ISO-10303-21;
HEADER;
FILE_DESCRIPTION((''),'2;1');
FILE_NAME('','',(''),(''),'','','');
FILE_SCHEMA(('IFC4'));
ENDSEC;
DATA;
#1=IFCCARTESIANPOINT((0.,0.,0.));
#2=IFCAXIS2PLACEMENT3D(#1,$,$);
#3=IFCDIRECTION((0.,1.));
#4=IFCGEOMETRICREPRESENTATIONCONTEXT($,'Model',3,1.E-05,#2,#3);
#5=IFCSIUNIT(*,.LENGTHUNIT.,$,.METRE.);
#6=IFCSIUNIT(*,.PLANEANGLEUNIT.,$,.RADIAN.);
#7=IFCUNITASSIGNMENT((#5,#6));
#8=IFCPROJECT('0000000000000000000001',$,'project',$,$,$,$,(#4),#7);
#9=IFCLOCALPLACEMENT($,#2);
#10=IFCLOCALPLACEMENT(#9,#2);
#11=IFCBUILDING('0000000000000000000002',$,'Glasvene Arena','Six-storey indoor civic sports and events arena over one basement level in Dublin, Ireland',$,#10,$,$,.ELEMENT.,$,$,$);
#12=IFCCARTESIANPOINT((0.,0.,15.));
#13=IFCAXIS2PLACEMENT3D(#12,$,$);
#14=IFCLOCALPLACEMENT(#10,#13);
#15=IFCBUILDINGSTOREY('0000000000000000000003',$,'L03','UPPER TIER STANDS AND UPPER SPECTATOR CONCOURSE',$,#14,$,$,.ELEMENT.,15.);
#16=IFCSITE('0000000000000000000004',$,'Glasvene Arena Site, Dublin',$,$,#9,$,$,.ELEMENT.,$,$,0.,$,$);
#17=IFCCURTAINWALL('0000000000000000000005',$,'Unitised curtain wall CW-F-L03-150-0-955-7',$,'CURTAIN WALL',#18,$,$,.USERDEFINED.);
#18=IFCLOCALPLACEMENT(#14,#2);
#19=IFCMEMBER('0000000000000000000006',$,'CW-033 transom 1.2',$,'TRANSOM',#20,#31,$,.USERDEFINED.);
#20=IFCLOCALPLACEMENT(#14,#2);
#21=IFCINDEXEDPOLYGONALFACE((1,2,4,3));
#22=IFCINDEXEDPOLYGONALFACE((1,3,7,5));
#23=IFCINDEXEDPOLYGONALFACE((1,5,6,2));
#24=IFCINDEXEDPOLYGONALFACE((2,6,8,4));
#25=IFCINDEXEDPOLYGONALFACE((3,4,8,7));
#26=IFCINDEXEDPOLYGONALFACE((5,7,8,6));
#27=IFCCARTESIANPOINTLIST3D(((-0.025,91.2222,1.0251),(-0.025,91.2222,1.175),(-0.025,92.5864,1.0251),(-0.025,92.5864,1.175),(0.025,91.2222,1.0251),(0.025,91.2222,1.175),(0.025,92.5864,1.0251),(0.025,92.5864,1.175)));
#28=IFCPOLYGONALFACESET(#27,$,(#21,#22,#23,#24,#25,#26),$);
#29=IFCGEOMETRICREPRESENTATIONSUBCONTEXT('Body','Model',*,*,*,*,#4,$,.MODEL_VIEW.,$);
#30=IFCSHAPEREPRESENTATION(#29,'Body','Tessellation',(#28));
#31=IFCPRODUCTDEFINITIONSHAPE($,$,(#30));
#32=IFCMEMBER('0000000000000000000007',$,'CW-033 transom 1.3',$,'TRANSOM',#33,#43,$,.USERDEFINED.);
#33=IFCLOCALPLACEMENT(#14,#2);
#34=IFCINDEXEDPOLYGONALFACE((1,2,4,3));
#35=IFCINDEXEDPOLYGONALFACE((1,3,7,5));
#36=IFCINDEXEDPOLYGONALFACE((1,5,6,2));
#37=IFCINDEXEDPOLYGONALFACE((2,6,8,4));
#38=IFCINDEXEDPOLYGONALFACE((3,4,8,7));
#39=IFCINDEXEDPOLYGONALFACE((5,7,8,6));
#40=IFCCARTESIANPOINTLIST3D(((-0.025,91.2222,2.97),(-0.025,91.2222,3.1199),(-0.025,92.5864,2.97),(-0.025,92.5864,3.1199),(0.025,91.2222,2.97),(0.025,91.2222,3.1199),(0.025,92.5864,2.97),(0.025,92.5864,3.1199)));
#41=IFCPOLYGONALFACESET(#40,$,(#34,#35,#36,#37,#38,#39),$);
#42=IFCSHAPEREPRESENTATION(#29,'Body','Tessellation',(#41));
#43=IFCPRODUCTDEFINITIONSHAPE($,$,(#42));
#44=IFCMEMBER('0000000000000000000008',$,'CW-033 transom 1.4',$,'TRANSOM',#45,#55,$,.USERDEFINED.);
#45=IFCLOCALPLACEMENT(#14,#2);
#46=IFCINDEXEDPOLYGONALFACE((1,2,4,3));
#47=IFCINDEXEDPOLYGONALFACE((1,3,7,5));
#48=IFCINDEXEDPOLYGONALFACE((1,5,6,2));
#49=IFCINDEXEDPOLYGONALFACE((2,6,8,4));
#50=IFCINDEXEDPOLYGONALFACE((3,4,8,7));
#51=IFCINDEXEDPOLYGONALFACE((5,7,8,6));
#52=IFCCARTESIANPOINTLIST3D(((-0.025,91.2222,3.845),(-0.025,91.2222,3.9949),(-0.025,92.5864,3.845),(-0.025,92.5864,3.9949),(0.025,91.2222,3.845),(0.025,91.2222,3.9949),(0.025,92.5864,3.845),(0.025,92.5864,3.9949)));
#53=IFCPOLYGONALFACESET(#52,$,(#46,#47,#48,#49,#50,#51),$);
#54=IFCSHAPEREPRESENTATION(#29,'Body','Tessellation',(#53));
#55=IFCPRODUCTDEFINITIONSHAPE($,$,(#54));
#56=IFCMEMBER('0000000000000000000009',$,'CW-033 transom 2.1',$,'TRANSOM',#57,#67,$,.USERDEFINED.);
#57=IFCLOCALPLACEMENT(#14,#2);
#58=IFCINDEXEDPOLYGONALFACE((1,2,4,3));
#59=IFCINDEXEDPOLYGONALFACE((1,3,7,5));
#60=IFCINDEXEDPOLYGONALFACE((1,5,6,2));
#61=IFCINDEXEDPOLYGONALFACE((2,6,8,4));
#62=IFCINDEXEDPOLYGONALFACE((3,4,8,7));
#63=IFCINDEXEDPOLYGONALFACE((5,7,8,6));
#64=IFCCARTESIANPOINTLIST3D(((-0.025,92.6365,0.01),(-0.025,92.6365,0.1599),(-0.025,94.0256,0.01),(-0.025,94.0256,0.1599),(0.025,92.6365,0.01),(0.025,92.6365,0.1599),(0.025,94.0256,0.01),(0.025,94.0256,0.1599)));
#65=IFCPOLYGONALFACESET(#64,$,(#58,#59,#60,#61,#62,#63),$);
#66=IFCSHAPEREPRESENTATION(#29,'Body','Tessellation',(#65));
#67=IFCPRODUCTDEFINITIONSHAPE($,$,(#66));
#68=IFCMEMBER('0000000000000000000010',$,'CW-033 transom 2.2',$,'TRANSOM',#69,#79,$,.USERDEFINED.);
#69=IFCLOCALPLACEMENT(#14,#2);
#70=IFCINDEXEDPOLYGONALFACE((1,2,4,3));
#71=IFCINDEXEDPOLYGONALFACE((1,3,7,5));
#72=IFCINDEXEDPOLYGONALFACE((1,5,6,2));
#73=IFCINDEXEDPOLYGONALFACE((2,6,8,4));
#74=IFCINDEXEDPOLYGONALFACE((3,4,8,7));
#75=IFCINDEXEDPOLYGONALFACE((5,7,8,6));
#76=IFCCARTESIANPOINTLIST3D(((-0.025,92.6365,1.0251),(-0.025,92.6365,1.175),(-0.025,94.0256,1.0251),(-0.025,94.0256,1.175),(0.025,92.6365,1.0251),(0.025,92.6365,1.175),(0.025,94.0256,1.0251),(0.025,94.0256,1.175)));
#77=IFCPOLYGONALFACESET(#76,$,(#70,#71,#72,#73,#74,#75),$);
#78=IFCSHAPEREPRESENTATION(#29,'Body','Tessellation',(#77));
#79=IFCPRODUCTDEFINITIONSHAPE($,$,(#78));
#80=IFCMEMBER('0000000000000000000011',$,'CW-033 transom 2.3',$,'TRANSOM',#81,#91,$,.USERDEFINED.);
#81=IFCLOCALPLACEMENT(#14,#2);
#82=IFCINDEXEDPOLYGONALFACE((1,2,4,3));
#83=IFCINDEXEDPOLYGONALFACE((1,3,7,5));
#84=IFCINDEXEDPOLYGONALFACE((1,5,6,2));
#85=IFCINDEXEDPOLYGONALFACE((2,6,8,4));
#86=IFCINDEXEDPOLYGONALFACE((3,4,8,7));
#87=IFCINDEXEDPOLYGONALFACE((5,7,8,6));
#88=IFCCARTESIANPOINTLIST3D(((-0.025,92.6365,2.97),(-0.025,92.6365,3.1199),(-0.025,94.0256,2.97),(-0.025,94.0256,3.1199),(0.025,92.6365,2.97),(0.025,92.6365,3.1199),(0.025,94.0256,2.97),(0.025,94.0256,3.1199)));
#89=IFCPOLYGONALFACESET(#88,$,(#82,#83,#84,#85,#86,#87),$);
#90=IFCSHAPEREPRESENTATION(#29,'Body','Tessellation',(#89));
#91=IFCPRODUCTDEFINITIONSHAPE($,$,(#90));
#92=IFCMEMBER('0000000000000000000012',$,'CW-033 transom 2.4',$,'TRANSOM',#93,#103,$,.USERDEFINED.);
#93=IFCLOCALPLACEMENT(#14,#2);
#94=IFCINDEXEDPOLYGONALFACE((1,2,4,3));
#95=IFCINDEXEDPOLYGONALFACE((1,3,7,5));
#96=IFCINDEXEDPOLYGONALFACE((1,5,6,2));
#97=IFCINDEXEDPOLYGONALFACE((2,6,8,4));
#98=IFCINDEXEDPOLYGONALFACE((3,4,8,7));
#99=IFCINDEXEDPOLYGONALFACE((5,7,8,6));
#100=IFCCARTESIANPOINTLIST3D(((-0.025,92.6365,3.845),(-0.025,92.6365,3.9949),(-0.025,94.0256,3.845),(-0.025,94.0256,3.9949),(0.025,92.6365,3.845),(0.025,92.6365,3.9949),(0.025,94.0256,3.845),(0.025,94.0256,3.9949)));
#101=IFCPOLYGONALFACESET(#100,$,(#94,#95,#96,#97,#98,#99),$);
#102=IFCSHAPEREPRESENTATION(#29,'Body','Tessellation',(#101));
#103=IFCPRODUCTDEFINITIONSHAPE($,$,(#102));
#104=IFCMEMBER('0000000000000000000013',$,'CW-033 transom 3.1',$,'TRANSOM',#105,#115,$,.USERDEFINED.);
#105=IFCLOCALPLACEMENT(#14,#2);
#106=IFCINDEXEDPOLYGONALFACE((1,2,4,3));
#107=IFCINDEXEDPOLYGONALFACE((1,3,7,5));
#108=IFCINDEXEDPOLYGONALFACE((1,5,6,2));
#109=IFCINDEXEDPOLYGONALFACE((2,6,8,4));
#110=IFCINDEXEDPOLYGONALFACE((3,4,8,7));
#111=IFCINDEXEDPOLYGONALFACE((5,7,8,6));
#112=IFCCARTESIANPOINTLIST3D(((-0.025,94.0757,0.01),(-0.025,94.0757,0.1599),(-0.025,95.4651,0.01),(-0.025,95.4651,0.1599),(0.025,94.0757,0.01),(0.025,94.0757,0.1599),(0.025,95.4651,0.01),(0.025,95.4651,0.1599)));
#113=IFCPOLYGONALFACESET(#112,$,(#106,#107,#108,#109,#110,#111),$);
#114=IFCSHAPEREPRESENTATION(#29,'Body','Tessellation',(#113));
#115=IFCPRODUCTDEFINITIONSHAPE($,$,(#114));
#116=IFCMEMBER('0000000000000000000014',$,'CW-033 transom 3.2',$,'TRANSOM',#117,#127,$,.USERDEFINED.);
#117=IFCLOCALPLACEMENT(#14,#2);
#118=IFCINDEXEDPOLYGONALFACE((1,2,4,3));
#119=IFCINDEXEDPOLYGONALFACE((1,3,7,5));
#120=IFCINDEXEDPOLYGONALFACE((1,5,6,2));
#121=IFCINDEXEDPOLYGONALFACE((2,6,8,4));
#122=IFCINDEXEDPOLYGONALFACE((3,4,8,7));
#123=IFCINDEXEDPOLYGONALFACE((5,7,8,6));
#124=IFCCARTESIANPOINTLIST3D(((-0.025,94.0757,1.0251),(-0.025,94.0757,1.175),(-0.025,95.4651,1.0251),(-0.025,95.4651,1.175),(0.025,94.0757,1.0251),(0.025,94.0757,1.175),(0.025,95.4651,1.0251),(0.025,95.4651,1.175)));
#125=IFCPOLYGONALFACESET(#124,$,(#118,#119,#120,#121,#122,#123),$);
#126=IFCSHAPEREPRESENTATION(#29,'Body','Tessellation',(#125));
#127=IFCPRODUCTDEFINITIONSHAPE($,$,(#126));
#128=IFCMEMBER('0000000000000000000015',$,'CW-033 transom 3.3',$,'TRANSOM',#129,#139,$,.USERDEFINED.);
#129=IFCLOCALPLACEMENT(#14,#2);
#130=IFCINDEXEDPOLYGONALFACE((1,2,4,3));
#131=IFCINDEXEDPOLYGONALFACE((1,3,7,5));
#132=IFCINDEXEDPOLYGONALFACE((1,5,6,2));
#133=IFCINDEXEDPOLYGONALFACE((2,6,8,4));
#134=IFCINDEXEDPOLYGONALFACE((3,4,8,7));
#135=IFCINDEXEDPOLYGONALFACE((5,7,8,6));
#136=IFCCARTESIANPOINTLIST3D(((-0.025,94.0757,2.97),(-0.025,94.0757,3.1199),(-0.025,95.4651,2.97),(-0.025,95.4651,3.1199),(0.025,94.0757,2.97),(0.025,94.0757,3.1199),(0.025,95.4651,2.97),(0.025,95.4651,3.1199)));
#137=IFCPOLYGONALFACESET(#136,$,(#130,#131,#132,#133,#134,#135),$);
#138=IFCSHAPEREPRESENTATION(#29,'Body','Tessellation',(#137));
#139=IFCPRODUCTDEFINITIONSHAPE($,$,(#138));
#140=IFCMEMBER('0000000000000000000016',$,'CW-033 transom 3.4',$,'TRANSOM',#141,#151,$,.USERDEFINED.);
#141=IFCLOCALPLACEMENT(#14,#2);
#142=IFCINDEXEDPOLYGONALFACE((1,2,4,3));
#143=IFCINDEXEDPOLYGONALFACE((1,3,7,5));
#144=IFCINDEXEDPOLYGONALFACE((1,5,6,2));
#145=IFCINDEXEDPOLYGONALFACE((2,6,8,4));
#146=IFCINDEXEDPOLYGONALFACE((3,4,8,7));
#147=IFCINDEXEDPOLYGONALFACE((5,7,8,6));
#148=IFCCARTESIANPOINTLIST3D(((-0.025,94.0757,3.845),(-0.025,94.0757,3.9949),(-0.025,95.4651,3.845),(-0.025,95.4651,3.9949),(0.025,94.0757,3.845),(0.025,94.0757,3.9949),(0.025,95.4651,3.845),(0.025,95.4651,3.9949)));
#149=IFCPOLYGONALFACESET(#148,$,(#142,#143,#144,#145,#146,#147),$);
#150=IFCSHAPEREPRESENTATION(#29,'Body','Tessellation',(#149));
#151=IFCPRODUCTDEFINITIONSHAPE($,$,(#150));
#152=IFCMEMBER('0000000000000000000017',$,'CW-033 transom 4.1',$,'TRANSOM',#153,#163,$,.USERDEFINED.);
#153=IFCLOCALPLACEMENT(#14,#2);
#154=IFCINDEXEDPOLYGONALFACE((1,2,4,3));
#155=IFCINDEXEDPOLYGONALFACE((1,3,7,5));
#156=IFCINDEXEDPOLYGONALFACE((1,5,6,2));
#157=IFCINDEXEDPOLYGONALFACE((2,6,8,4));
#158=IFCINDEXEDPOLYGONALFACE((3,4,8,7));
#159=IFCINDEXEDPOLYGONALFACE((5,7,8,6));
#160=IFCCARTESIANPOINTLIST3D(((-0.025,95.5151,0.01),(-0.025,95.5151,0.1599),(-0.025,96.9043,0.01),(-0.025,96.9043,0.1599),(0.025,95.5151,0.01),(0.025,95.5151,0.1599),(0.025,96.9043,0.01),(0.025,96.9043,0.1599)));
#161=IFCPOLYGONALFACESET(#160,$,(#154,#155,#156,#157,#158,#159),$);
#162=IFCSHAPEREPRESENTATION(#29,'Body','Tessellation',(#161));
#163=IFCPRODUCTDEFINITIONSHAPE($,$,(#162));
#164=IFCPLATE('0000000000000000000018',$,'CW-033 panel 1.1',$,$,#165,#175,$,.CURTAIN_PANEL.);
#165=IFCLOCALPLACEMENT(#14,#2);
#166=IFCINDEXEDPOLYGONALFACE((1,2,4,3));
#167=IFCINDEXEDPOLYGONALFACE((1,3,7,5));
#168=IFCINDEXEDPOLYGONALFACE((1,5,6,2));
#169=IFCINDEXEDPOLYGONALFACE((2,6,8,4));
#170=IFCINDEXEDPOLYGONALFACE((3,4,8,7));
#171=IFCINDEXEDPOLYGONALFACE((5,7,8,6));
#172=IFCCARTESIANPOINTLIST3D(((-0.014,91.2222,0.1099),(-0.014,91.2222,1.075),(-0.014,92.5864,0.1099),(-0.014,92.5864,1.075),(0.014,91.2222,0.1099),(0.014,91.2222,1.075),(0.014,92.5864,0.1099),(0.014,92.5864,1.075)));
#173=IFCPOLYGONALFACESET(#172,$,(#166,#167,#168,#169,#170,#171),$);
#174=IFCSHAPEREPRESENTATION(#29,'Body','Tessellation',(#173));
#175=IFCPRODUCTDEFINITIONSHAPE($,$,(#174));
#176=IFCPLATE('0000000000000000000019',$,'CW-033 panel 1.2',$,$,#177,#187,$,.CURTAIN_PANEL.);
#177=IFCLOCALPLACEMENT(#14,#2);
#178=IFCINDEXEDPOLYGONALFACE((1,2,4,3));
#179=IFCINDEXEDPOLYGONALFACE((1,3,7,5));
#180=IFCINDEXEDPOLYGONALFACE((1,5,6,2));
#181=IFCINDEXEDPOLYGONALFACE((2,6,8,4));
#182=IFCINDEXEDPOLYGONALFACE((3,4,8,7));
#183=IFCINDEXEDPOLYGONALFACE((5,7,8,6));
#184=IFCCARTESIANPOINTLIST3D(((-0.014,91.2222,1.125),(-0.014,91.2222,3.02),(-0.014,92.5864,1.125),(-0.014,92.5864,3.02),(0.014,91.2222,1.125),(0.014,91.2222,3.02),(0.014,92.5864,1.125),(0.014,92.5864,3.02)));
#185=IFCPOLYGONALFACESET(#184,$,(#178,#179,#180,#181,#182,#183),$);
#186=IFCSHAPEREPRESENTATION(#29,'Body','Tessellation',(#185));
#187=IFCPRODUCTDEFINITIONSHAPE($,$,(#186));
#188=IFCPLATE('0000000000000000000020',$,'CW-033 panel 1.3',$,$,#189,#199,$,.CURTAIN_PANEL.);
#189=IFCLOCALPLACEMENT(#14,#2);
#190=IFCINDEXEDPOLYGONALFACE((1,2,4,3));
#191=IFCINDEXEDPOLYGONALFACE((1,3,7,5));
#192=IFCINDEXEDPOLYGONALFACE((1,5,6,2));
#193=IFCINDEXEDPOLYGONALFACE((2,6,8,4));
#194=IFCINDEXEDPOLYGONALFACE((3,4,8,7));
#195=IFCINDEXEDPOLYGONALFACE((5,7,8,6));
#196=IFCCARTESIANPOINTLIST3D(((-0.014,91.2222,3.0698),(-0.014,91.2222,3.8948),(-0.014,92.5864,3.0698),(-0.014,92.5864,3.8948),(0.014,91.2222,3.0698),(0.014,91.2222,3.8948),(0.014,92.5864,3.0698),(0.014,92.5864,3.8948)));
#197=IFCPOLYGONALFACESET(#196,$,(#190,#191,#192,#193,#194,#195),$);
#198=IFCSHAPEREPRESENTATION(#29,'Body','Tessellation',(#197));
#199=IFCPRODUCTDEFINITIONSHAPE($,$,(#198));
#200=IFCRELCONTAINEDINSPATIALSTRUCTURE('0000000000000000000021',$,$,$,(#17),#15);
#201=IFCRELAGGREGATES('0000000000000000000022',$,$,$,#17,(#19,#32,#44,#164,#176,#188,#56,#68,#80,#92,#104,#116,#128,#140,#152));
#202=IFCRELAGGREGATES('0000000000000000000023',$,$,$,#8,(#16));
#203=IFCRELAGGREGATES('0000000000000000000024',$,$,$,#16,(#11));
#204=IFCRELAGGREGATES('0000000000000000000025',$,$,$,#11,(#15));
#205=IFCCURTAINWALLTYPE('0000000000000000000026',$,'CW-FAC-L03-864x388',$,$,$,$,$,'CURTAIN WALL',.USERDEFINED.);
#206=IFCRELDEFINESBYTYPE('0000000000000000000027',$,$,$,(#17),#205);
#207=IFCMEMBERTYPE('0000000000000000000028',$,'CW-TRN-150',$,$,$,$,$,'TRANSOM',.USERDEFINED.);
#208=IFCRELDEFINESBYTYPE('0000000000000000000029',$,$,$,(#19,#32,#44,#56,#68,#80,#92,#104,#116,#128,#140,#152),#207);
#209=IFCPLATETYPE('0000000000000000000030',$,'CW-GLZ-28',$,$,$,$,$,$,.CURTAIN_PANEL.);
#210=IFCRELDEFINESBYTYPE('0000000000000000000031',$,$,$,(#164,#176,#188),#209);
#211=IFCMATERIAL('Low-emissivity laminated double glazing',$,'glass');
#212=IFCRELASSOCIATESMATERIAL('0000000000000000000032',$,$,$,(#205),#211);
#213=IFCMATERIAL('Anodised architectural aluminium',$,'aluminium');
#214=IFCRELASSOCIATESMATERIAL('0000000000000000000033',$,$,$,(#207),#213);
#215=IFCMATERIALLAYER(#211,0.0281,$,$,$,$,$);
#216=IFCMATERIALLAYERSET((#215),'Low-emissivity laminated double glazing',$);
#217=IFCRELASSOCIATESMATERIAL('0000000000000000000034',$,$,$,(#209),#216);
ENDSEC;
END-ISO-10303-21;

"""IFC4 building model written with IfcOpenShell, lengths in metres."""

from ifc_helpers import new_model, si_unit, direction, frame, origin, origin_2d, place, context, subcontext, project, spatial, rectangle, extrude, material, layer, layer_set, material_profile, profile_set, type_object, element, aggregate, save


model = new_model("IFC4")

# Units and contexts
model_context = context("Model", 3, precision=1e-05, world=origin(), true_north=direction((0.0, 1.0)))
body_context = subcontext(model_context, "Body", "Model", "MODEL_VIEW")
ifc_project = project(units=[si_unit("LENGTHUNIT", "METRE"), si_unit("PLANEANGLEUNIT", "RADIAN")], contexts=[model_context])

# Site, building, storey
site_placement = place(None, origin())
site = spatial("IfcSite", under=ifc_project, at=site_placement, Name="Glasvene Arena Site, Dublin", CompositionType="ELEMENT", RefElevation=0.0)
building_placement = place(site_placement, origin())
building = spatial("IfcBuilding", under=site, at=building_placement, Name="Glasvene Arena", Description="Six-storey indoor civic sports and events arena over one basement level in Dublin, Ireland", CompositionType="ELEMENT")
storey_placement = place(building_placement, frame((0.0, 0.0, 15.0)))
storey = spatial("IfcBuildingStorey", under=building, at=storey_placement, Name="L03", Description="UPPER TIER STANDS AND UPPER SPECTATOR CONCOURSE", CompositionType="ELEMENT", Elevation=15.0)

# Curtain wall, members, plates
ifc_material_1 = material(Name="Low-emissivity laminated double glazing", Category="glass")
curtain_wall_type = type_object("IfcCurtainWallType", Name="CW-FAC-L03-864x388", ElementType="CURTAIN WALL", PredefinedType="USERDEFINED", material=ifc_material_1)
curtain_wall_placement = place(storey_placement, frame((0.0, 91.1721, 0.0)))
curtain_wall = element("IfcCurtainWall", 1, at=curtain_wall_placement, inside=storey, type_object=curtain_wall_type, Name="Unitised curtain wall CW-F-L03-150-0-955-7", ObjectType="CURTAIN WALL", PredefinedType="USERDEFINED")
ifc_material_2 = material(Name="Anodised architectural aluminium", Category="aluminium")
ifc_material_profile_1 = material_profile(ifc_material_2, rectangle(XDim=0.05, YDim=0.1499, at=origin_2d()), Name="ALU TRANSOM 50x150")
ifc_profile_set_1 = profile_set([ifc_material_profile_1], Name="Anodised architectural aluminium")
member_type_1 = type_object("IfcMemberType", Name="CW-TRN-150", ElementType="TRANSOM", PredefinedType="USERDEFINED", material=ifc_profile_set_1)
member_1_placement = place(storey_placement, frame((0.0, 91.2222, 1.1001), z_axis=(0.0, 1.0, 0.0), x_axis=(-1.0, 0.0, 0.0)))
member_1 = element("IfcMember", 2, at=member_1_placement, type_object=member_type_1, Name="CW-033 transom 1.2", ObjectType="TRANSOM", PredefinedType="USERDEFINED", context=body_context, shape_type="SweptSolid", body=[
    extrude(rectangle(XDim=0.05, YDim=0.1499, at=origin_2d()), origin(), (0.0, 0.0, 1.0), 1.3643),
])
member_2_placement = place(storey_placement, frame((0.0, 91.2222, 3.0449), z_axis=(0.0, 1.0, 0.0), x_axis=(-1.0, 0.0, 0.0)))
member_2 = element("IfcMember", 3, at=member_2_placement, type_object=member_type_1, Name="CW-033 transom 1.3", ObjectType="TRANSOM", PredefinedType="USERDEFINED", context=body_context, shape_type="SweptSolid", body=[
    extrude(rectangle(XDim=0.05, YDim=0.1499, at=origin_2d()), origin(), (0.0, 0.0, 1.0), 1.3643),
])
member_3_placement = place(storey_placement, frame((0.0, 91.2222, 3.9199), z_axis=(0.0, 1.0, 0.0), x_axis=(-1.0, 0.0, 0.0)))
member_3 = element("IfcMember", 4, at=member_3_placement, type_object=member_type_1, Name="CW-033 transom 1.4", ObjectType="TRANSOM", PredefinedType="USERDEFINED", context=body_context, shape_type="SweptSolid", body=[
    extrude(rectangle(XDim=0.05, YDim=0.1499, at=origin_2d()), origin(), (0.0, 0.0, 1.0), 1.3643),
])
member_4_placement = place(storey_placement, frame((0.0, 92.6365, 0.085), z_axis=(0.0, 1.0, 0.0), x_axis=(-1.0, 0.0, 0.0)))
member_4 = element("IfcMember", 5, at=member_4_placement, type_object=member_type_1, Name="CW-033 transom 2.1", ObjectType="TRANSOM", PredefinedType="USERDEFINED", context=body_context, shape_type="SweptSolid", body=[
    extrude(rectangle(XDim=0.05, YDim=0.1499, at=origin_2d()), origin(), (0.0, 0.0, 1.0), 1.3892),
])
member_5_placement = place(storey_placement, frame((0.0, 92.6365, 1.1001), z_axis=(0.0, 1.0, 0.0), x_axis=(-1.0, 0.0, 0.0)))
member_5 = element("IfcMember", 6, at=member_5_placement, type_object=member_type_1, Name="CW-033 transom 2.2", ObjectType="TRANSOM", PredefinedType="USERDEFINED", context=body_context, shape_type="SweptSolid", body=[
    extrude(rectangle(XDim=0.05, YDim=0.1499, at=origin_2d()), origin(), (0.0, 0.0, 1.0), 1.3892),
])
member_6_placement = place(storey_placement, frame((0.0, 92.6365, 3.0449), z_axis=(0.0, 1.0, 0.0), x_axis=(-1.0, 0.0, 0.0)))
member_6 = element("IfcMember", 7, at=member_6_placement, type_object=member_type_1, Name="CW-033 transom 2.3", ObjectType="TRANSOM", PredefinedType="USERDEFINED", context=body_context, shape_type="SweptSolid", body=[
    extrude(rectangle(XDim=0.05, YDim=0.1499, at=origin_2d()), origin(), (0.0, 0.0, 1.0), 1.3892),
])
member_7_placement = place(storey_placement, frame((0.0, 92.6365, 3.9199), z_axis=(0.0, 1.0, 0.0), x_axis=(-1.0, 0.0, 0.0)))
member_7 = element("IfcMember", 8, at=member_7_placement, type_object=member_type_1, Name="CW-033 transom 2.4", ObjectType="TRANSOM", PredefinedType="USERDEFINED", context=body_context, shape_type="SweptSolid", body=[
    extrude(rectangle(XDim=0.05, YDim=0.1499, at=origin_2d()), origin(), (0.0, 0.0, 1.0), 1.3892),
])
member_8_placement = place(storey_placement, frame((0.0, 94.0757, 0.085), z_axis=(0.0, 1.0, 0.0), x_axis=(-1.0, 0.0, 0.0)))
member_8 = element("IfcMember", 9, at=member_8_placement, type_object=member_type_1, Name="CW-033 transom 3.1", ObjectType="TRANSOM", PredefinedType="USERDEFINED", context=body_context, shape_type="SweptSolid", body=[
    extrude(rectangle(XDim=0.05, YDim=0.1499, at=origin_2d()), origin(), (0.0, 0.0, 1.0), 1.3894),
])
member_9_placement = place(storey_placement, frame((0.0, 94.0757, 1.1001), z_axis=(0.0, 1.0, 0.0), x_axis=(-1.0, 0.0, 0.0)))
member_9 = element("IfcMember", 10, at=member_9_placement, type_object=member_type_1, Name="CW-033 transom 3.2", ObjectType="TRANSOM", PredefinedType="USERDEFINED", context=body_context, shape_type="SweptSolid", body=[
    extrude(rectangle(XDim=0.05, YDim=0.1499, at=origin_2d()), origin(), (0.0, 0.0, 1.0), 1.3894),
])
member_10_placement = place(storey_placement, frame((0.0, 94.0757, 3.0449), z_axis=(0.0, 1.0, 0.0), x_axis=(-1.0, 0.0, 0.0)))
member_10 = element("IfcMember", 11, at=member_10_placement, type_object=member_type_1, Name="CW-033 transom 3.3", ObjectType="TRANSOM", PredefinedType="USERDEFINED", context=body_context, shape_type="SweptSolid", body=[
    extrude(rectangle(XDim=0.05, YDim=0.1499, at=origin_2d()), origin(), (0.0, 0.0, 1.0), 1.3894),
])
member_11_placement = place(storey_placement, frame((0.0, 94.0757, 3.9199), z_axis=(0.0, 1.0, 0.0), x_axis=(-1.0, 0.0, 0.0)))
member_11 = element("IfcMember", 12, at=member_11_placement, type_object=member_type_1, Name="CW-033 transom 3.4", ObjectType="TRANSOM", PredefinedType="USERDEFINED", context=body_context, shape_type="SweptSolid", body=[
    extrude(rectangle(XDim=0.05, YDim=0.1499, at=origin_2d()), origin(), (0.0, 0.0, 1.0), 1.3894),
])
member_12_placement = place(storey_placement, frame((0.0, 95.5151, 0.085), z_axis=(0.0, 1.0, 0.0), x_axis=(-1.0, 0.0, 0.0)))
member_12 = element("IfcMember", 13, at=member_12_placement, type_object=member_type_1, Name="CW-033 transom 4.1", ObjectType="TRANSOM", PredefinedType="USERDEFINED", context=body_context, shape_type="SweptSolid", body=[
    extrude(rectangle(XDim=0.05, YDim=0.1499, at=origin_2d()), origin(), (0.0, 0.0, 1.0), 1.3892),
])
ifc_layer_1 = layer(ifc_material_1, 0.0281)
ifc_layer_set_1 = layer_set([ifc_layer_1], Name="Low-emissivity laminated double glazing")
plate_type = type_object("IfcPlateType", Name="CW-GLZ-28", PredefinedType="CURTAIN_PANEL", material=ifc_layer_set_1)
plate_1_placement = place(storey_placement, frame((0.0, 91.9043, 0.1099), z_axis=(0.0, 0.0, 1.0), x_axis=(0.0, 1.0, 0.0)))
plate_1 = element("IfcPlate", 14, at=plate_1_placement, type_object=plate_type, Name="CW-033 panel 1.1", PredefinedType="CURTAIN_PANEL", context=body_context, shape_type="SweptSolid", body=[
    extrude(rectangle(XDim=1.3643, YDim=0.0281, at=origin_2d()), origin(), (0.0, 0.0, 1.0), 0.9651),
])
plate_2_placement = place(storey_placement, frame((0.0, 91.9043, 1.125), z_axis=(0.0, 0.0, 1.0), x_axis=(0.0, 1.0, 0.0)))
plate_2 = element("IfcPlate", 15, at=plate_2_placement, type_object=plate_type, Name="CW-033 panel 1.2", PredefinedType="CURTAIN_PANEL", context=body_context, shape_type="SweptSolid", body=[
    extrude(rectangle(XDim=1.3643, YDim=0.0281, at=origin_2d()), origin(), (0.0, 0.0, 1.0), 1.895),
])
plate_3_placement = place(storey_placement, frame((0.0, 91.9043, 3.0698), z_axis=(0.0, 0.0, 1.0), x_axis=(0.0, 1.0, 0.0)))
plate_3 = element("IfcPlate", 16, at=plate_3_placement, type_object=plate_type, Name="CW-033 panel 1.3", PredefinedType="CURTAIN_PANEL", context=body_context, shape_type="SweptSolid", body=[
    extrude(rectangle(XDim=1.3643, YDim=0.0281, at=origin_2d()), origin(), (0.0, 0.0, 1.0), 0.825),
])
aggregate(curtain_wall, [member_1, member_2, member_3, plate_1, plate_2, plate_3, member_4, member_5, member_6, member_7, member_8, member_9, member_10, member_11, member_12])

save(model, "model.ifc")
